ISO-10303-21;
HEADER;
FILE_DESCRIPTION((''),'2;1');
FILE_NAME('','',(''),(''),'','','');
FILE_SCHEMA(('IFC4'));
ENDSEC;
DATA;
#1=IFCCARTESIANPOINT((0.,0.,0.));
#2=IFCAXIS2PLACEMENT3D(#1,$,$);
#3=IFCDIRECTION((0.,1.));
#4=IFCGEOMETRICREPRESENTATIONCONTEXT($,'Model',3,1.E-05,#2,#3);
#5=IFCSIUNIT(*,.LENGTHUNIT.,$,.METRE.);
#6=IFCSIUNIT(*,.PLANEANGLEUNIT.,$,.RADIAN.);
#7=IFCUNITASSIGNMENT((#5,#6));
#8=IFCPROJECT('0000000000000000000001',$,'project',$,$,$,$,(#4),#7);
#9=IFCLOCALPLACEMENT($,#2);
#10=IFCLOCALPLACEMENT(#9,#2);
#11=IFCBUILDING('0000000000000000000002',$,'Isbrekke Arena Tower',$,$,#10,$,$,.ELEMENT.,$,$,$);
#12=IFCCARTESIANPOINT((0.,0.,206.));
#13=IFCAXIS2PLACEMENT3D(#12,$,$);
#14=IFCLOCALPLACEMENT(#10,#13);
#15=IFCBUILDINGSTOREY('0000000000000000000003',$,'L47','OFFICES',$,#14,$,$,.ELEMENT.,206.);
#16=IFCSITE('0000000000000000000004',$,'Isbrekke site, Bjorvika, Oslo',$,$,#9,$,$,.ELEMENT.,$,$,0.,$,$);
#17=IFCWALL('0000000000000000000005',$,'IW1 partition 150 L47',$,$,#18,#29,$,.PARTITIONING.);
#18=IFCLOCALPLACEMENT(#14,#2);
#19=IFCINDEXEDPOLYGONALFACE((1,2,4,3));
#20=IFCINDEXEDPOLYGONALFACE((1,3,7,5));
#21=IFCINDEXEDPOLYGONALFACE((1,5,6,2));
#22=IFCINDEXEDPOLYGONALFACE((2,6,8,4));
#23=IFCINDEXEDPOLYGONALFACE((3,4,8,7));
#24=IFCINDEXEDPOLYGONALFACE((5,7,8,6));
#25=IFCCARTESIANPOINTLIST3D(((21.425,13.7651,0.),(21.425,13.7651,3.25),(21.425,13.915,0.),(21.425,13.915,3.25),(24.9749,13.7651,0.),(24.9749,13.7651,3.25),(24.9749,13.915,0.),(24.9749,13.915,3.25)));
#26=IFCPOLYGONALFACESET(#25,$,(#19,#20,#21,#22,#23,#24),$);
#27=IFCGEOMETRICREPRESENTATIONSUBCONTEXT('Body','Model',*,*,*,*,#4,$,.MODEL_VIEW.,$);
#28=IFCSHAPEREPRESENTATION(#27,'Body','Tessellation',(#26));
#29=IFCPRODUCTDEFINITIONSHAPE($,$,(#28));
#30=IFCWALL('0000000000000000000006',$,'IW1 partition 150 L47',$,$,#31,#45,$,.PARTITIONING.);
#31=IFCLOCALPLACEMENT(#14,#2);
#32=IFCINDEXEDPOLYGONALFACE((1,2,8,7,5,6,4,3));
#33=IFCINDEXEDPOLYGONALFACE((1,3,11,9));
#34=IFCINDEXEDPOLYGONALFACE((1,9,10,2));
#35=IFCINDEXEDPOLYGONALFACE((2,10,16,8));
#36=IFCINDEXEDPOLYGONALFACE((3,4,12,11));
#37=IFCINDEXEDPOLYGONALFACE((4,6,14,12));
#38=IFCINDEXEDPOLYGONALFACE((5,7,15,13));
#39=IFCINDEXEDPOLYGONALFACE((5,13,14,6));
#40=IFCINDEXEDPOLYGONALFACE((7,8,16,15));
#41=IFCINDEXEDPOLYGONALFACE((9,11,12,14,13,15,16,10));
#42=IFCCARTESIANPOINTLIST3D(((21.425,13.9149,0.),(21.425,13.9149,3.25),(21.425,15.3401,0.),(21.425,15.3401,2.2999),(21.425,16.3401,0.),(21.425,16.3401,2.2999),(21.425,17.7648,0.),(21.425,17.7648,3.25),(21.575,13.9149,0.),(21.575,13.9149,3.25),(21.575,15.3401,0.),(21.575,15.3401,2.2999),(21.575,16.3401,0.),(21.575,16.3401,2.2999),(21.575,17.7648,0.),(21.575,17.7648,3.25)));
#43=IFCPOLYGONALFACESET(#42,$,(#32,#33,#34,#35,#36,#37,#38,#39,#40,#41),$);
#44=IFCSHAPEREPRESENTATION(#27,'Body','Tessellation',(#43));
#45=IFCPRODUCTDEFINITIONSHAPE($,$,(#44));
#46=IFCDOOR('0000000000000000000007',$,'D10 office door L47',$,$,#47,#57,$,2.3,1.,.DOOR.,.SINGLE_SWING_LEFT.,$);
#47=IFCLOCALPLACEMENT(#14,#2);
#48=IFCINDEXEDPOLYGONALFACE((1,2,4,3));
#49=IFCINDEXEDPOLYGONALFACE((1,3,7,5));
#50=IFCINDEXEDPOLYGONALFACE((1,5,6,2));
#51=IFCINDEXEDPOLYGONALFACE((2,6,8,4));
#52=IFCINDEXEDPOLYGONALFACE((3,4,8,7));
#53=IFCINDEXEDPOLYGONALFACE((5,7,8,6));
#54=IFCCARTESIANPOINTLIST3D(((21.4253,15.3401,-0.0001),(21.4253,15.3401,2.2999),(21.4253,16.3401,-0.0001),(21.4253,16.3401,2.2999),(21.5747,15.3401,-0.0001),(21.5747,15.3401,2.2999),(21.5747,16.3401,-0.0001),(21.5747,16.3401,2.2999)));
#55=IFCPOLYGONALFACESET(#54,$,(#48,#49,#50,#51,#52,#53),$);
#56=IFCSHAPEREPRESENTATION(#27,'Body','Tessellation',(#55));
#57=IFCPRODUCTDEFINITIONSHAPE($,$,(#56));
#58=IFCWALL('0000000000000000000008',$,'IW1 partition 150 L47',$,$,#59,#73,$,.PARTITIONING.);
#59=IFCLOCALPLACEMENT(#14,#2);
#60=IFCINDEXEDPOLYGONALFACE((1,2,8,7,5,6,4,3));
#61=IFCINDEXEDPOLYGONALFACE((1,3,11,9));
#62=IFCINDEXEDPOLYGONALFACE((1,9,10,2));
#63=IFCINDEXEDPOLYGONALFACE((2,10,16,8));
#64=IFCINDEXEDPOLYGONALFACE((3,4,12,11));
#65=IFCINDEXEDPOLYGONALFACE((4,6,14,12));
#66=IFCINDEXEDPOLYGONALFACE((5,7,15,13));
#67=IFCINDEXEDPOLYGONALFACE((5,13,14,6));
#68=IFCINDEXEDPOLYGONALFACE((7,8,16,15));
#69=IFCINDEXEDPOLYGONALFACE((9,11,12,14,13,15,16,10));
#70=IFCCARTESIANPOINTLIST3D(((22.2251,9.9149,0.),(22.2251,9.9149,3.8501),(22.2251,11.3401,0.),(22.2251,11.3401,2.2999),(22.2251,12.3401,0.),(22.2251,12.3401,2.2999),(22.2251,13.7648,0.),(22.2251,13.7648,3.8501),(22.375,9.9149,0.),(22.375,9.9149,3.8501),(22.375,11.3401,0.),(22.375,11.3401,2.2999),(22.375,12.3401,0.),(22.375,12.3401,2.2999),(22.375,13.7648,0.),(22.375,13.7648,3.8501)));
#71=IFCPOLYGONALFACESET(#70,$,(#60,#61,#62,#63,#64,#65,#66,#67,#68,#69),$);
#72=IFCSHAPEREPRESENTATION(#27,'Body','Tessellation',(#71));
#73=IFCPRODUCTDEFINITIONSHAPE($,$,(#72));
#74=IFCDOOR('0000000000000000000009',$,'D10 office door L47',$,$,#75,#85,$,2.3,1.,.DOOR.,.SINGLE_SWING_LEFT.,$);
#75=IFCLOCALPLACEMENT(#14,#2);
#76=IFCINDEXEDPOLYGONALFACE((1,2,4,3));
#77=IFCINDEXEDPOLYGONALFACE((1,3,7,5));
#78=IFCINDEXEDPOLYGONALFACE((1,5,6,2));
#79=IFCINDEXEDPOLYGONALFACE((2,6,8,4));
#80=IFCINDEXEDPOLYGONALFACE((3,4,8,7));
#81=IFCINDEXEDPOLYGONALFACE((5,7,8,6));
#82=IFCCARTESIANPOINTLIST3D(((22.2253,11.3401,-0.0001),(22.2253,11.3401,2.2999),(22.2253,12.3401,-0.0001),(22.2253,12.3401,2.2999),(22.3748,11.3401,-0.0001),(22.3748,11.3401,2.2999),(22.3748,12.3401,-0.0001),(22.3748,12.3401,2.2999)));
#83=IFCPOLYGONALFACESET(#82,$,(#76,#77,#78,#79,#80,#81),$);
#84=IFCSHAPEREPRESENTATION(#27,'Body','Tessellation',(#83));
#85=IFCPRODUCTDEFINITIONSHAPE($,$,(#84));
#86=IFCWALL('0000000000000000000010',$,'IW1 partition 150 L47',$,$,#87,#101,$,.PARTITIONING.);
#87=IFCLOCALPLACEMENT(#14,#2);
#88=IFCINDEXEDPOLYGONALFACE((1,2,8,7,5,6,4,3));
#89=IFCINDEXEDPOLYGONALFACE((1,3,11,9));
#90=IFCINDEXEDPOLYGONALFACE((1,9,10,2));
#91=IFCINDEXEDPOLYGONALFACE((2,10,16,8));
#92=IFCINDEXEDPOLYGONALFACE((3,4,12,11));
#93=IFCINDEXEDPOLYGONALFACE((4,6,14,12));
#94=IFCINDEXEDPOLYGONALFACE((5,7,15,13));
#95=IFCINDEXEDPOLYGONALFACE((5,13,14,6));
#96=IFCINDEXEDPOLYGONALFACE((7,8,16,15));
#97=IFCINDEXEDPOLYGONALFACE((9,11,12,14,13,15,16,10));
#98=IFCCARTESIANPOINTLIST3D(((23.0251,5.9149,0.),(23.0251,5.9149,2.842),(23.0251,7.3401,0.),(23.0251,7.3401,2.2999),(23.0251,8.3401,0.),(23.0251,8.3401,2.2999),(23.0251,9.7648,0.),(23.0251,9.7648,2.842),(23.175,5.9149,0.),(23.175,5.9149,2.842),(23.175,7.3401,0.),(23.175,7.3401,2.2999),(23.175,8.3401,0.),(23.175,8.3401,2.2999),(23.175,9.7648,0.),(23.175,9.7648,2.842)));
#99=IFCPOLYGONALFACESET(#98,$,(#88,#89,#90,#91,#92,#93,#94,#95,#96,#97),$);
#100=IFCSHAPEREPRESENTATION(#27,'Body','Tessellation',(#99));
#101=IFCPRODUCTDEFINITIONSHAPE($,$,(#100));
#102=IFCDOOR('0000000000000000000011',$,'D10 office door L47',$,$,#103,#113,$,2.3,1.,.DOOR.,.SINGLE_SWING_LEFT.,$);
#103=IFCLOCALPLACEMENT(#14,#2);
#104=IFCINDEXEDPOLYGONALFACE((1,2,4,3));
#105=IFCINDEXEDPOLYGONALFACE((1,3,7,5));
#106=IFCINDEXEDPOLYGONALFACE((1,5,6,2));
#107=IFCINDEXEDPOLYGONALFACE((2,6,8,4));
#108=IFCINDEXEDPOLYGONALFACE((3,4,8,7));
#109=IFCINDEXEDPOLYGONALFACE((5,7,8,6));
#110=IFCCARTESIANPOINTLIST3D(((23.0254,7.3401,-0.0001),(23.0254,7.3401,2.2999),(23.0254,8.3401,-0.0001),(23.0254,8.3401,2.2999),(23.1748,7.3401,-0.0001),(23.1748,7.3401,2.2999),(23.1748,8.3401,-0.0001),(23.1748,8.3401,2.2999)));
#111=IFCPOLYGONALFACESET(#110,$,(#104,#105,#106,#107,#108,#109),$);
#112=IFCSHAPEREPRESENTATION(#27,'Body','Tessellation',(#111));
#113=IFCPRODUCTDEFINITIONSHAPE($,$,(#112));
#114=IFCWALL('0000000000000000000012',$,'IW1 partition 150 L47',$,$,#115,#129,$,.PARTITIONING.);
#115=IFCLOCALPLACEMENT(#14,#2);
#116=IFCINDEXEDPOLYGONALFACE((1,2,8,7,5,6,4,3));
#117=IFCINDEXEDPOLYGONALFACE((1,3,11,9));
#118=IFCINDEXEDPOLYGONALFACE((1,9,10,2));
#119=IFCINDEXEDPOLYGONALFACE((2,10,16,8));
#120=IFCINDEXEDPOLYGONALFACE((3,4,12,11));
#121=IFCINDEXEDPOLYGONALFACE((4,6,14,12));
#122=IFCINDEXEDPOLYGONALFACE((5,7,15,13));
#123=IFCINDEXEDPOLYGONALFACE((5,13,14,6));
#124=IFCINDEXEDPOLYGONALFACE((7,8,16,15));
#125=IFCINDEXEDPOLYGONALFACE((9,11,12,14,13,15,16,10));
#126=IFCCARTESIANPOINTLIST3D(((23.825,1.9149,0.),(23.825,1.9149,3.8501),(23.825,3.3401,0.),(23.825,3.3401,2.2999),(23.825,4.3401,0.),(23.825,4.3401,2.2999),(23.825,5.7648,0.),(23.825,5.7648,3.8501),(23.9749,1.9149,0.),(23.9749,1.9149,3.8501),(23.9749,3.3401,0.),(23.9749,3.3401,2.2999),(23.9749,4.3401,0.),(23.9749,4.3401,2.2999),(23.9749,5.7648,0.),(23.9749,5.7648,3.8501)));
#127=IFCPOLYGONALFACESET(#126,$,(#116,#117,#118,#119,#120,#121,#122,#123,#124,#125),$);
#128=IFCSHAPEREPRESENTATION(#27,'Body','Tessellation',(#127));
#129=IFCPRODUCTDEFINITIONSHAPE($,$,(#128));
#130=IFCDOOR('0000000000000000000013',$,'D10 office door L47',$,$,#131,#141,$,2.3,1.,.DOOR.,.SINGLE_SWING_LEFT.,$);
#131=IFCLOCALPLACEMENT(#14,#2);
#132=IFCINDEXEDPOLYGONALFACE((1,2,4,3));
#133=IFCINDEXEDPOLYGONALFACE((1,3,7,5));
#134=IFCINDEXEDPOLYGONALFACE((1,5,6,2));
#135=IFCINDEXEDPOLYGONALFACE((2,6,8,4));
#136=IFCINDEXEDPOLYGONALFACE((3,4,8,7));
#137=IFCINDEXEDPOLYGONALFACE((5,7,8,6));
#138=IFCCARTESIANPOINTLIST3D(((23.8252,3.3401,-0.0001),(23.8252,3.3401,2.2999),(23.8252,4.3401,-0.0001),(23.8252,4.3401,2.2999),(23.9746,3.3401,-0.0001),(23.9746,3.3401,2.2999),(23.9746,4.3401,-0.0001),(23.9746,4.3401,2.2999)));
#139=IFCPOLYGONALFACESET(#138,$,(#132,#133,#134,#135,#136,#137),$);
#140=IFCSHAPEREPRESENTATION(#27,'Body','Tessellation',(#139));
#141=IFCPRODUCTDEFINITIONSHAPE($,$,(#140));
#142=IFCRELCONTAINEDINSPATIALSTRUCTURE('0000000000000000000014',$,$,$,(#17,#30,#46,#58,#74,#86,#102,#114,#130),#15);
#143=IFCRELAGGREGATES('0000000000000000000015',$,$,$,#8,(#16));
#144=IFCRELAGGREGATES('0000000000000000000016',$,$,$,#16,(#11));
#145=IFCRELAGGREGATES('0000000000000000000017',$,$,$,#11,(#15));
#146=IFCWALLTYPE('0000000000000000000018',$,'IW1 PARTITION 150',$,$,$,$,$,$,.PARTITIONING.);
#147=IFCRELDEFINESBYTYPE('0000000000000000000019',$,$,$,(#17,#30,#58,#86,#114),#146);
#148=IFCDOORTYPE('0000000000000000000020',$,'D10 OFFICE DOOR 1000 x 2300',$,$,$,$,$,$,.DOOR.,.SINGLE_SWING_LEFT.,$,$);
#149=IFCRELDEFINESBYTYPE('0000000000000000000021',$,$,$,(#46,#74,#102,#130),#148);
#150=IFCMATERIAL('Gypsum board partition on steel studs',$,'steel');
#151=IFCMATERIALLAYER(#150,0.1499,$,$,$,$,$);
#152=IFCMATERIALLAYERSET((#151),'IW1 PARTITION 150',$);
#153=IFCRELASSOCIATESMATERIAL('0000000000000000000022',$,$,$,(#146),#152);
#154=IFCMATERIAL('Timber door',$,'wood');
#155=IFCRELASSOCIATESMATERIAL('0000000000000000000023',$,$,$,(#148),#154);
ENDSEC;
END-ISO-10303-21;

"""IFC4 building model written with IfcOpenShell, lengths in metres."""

from ifc_helpers import new_model, si_unit, direction, frame, frame_2d, origin, place, context, subcontext, project, spatial, rectangle, extrude, material, layer, layer_set, type_object, element, fill, save


model = new_model("IFC4")

# Units and contexts
model_context = context("Model", 3, precision=1e-05, world=origin(), true_north=direction((0.0, 1.0)))
body_context = subcontext(model_context, "Body", "Model", "MODEL_VIEW")
ifc_project = project(units=[si_unit("LENGTHUNIT", "METRE"), si_unit("PLANEANGLEUNIT", "RADIAN")], contexts=[model_context])

# Site, building, storey
site_placement = place(None, origin())
site = spatial("IfcSite", under=ifc_project, at=site_placement, Name="Isbrekke site, Bjorvika, Oslo", CompositionType="ELEMENT", RefElevation=0.0)
building_placement = place(site_placement, origin())
building = spatial("IfcBuilding", under=site, at=building_placement, Name="Isbrekke Arena Tower", CompositionType="ELEMENT")
storey_placement = place(building_placement, frame((0.0, 0.0, 206.0)))
storey = spatial("IfcBuildingStorey", under=building, at=storey_placement, Name="L47", Description="OFFICES", CompositionType="ELEMENT", Elevation=206.0)

# Wall
ifc_material_1 = material(Name="Gypsum board partition on steel studs", Category="steel")
ifc_layer_1 = layer(ifc_material_1, 0.1499)
ifc_layer_set_1 = layer_set([ifc_layer_1], Name="IW1 PARTITION 150")
wall_type = type_object("IfcWallType", Name="IW1 PARTITION 150", PredefinedType="PARTITIONING", material=ifc_layer_set_1)
for number, where, z_axis, x_axis, name in (
    (1, (21.425, 13.8401, 0.0), (0.0, 0.0, 1.0), (1.0, 0.0, 0.0), "IW1 partition 150 L47"),
):
    element("IfcWall", number, at=place(storey_placement, frame(where, z_axis=z_axis, x_axis=x_axis)), inside=storey, type_object=wall_type, Name=name, PredefinedType="PARTITIONING", context=body_context, shape_type="SweptSolid", body=[
        extrude(rectangle(XDim=3.5498, YDim=0.1499, at=frame_2d((1.7749, 0.0))), origin(), (0.0, 0.0, 1.0), 3.25),
    ])

# Walls, openings, doors
wall_1_placement = place(storey_placement, frame((21.5, 13.915, 0.0), z_axis=(0.0, 0.0, 1.0), x_axis=(0.0, 1.0, 0.0)))
wall_1 = element("IfcWall", 2, at=wall_1_placement, inside=storey, type_object=wall_type, Name="IW1 partition 150 L47", PredefinedType="PARTITIONING", context=body_context, shape_type="SweptSolid", body=[
    extrude(rectangle(XDim=3.8499, YDim=0.1499, at=frame_2d((1.9248, 0.0))), origin(), (0.0, 0.0, 1.0), 3.25),
])
opening_1_placement = place(wall_1_placement, frame((1.425, 0.0, 0.0)))
opening_1 = element("IfcOpeningElement", 3, at=opening_1_placement, cuts=wall_1, PredefinedType="OPENING", context=body_context, shape_type="SweptSolid", body=[
    extrude(rectangle(XDim=1.0, YDim=2.3, at=frame_2d((0.5, 1.1499))), frame((0.0, 0.0898, 0.0), z_axis=(0.0, -1.0, 0.0), x_axis=(1.0, 0.0, 0.0)), (0.0, 0.0, 1.0), 0.1797),
])
ifc_material_2 = material(Name="Timber door", Category="wood")
door_type = type_object("IfcDoorType", Name="D10 OFFICE DOOR 1000 x 2300", OperationType="SINGLE_SWING_LEFT", PredefinedType="DOOR", material=ifc_material_2)
door_1_placement = place(opening_1_placement, origin())
door_1 = element("IfcDoor", 4, at=door_1_placement, inside=storey, type_object=door_type, Name="D10 office door L47", OperationType="SINGLE_SWING_LEFT", OverallHeight=2.3, OverallWidth=1.0, PredefinedType="DOOR", context=body_context, shape_type="SweptSolid", body=[
    extrude(rectangle(XDim=1.0, YDim=2.3, at=frame_2d((0.5, 1.1499))), frame((0.0, 0.0747, 0.0), z_axis=(0.0, -1.0, 0.0), x_axis=(1.0, 0.0, 0.0)), (0.0, 0.0, 1.0), 0.1494),
])
fill(opening_1, door_1)
wall_2_placement = place(storey_placement, frame((22.3, 9.915, 0.0), z_axis=(0.0, 0.0, 1.0), x_axis=(0.0, 1.0, 0.0)))
wall_2 = element("IfcWall", 5, at=wall_2_placement, inside=storey, type_object=wall_type, Name="IW1 partition 150 L47", PredefinedType="PARTITIONING", context=body_context, shape_type="SweptSolid", body=[
    extrude(rectangle(XDim=3.8499, YDim=0.1499, at=frame_2d((1.9248, 0.0))), origin(), (0.0, 0.0, 1.0), 3.8501),
])
opening_2_placement = place(wall_2_placement, frame((1.425, 0.0, 0.0)))
opening_2 = element("IfcOpeningElement", 6, at=opening_2_placement, cuts=wall_2, PredefinedType="OPENING", context=body_context, shape_type="SweptSolid", body=[
    extrude(rectangle(XDim=1.0, YDim=2.3, at=frame_2d((0.5, 1.1499))), frame((0.0, 0.0898, 0.0), z_axis=(0.0, -1.0, 0.0), x_axis=(1.0, 0.0, 0.0)), (0.0, 0.0, 1.0), 0.1797),
])
door_2_placement = place(opening_2_placement, origin())
door_2 = element("IfcDoor", 7, at=door_2_placement, inside=storey, type_object=door_type, Name="D10 office door L47", OperationType="SINGLE_SWING_LEFT", OverallHeight=2.3, OverallWidth=1.0, PredefinedType="DOOR", context=body_context, shape_type="SweptSolid", body=[
    extrude(rectangle(XDim=1.0, YDim=2.3, at=frame_2d((0.5, 1.1499))), frame((0.0, 0.0747, 0.0), z_axis=(0.0, -1.0, 0.0), x_axis=(1.0, 0.0, 0.0)), (0.0, 0.0, 1.0), 0.1494),
])
fill(opening_2, door_2)
wall_3_placement = place(storey_placement, frame((23.1001, 5.915, 0.0), z_axis=(0.0, 0.0, 1.0), x_axis=(0.0, 1.0, 0.0)))
wall_3 = element("IfcWall", 8, at=wall_3_placement, inside=storey, type_object=wall_type, Name="IW1 partition 150 L47", PredefinedType="PARTITIONING", context=body_context, shape_type="SweptSolid", body=[
    extrude(rectangle(XDim=3.8499, YDim=0.1499, at=frame_2d((1.9248, 0.0))), origin(), (0.0, 0.0, 1.0), 2.842),
])
opening_3_placement = place(wall_3_placement, frame((1.425, 0.0, 0.0)))
opening_3 = element("IfcOpeningElement", 9, at=opening_3_placement, cuts=wall_3, PredefinedType="OPENING", context=body_context, shape_type="SweptSolid", body=[
    extrude(rectangle(XDim=1.0, YDim=2.3, at=frame_2d((0.5, 1.1499))), frame((0.0, 0.0898, 0.0), z_axis=(0.0, -1.0, 0.0), x_axis=(1.0, 0.0, 0.0)), (0.0, 0.0, 1.0), 0.1797),
])
door_3_placement = place(opening_3_placement, origin())
door_3 = element("IfcDoor", 10, at=door_3_placement, inside=storey, type_object=door_type, Name="D10 office door L47", OperationType="SINGLE_SWING_LEFT", OverallHeight=2.3, OverallWidth=1.0, PredefinedType="DOOR", context=body_context, shape_type="SweptSolid", body=[
    extrude(rectangle(XDim=1.0, YDim=2.3, at=frame_2d((0.5, 1.1499))), frame((0.0, 0.0747, 0.0), z_axis=(0.0, -1.0, 0.0), x_axis=(1.0, 0.0, 0.0)), (0.0, 0.0, 1.0), 0.1494),
])
fill(opening_3, door_3)
wall_4_placement = place(storey_placement, frame((23.8999, 1.915, 0.0), z_axis=(0.0, 0.0, 1.0), x_axis=(0.0, 1.0, 0.0)))
wall_4 = element("IfcWall", 11, at=wall_4_placement, inside=storey, type_object=wall_type, Name="IW1 partition 150 L47", PredefinedType="PARTITIONING", context=body_context, shape_type="SweptSolid", body=[
    extrude(rectangle(XDim=3.8499, YDim=0.1499, at=frame_2d((1.9248, 0.0))), origin(), (0.0, 0.0, 1.0), 3.8501),
])
opening_4_placement = place(wall_4_placement, frame((1.425, 0.0, 0.0)))
opening_4 = element("IfcOpeningElement", 12, at=opening_4_placement, cuts=wall_4, PredefinedType="OPENING", context=body_context, shape_type="SweptSolid", body=[
    extrude(rectangle(XDim=1.0, YDim=2.3, at=frame_2d((0.5, 1.1499))), frame((0.0, 0.0898, 0.0), z_axis=(0.0, -1.0, 0.0), x_axis=(1.0, 0.0, 0.0)), (0.0, 0.0, 1.0), 0.1797),
])
door_4_placement = place(opening_4_placement, origin())
door_4 = element("IfcDoor", 13, at=door_4_placement, inside=storey, type_object=door_type, Name="D10 office door L47", OperationType="SINGLE_SWING_LEFT", OverallHeight=2.3, OverallWidth=1.0, PredefinedType="DOOR", context=body_context, shape_type="SweptSolid", body=[
    extrude(rectangle(XDim=1.0, YDim=2.3, at=frame_2d((0.5, 1.1499))), frame((0.0, 0.0747, 0.0), z_axis=(0.0, -1.0, 0.0), x_axis=(1.0, 0.0, 0.0)), (0.0, 0.0, 1.0), 0.1494),
])
fill(opening_4, door_4)

save(model, "model.ifc")
